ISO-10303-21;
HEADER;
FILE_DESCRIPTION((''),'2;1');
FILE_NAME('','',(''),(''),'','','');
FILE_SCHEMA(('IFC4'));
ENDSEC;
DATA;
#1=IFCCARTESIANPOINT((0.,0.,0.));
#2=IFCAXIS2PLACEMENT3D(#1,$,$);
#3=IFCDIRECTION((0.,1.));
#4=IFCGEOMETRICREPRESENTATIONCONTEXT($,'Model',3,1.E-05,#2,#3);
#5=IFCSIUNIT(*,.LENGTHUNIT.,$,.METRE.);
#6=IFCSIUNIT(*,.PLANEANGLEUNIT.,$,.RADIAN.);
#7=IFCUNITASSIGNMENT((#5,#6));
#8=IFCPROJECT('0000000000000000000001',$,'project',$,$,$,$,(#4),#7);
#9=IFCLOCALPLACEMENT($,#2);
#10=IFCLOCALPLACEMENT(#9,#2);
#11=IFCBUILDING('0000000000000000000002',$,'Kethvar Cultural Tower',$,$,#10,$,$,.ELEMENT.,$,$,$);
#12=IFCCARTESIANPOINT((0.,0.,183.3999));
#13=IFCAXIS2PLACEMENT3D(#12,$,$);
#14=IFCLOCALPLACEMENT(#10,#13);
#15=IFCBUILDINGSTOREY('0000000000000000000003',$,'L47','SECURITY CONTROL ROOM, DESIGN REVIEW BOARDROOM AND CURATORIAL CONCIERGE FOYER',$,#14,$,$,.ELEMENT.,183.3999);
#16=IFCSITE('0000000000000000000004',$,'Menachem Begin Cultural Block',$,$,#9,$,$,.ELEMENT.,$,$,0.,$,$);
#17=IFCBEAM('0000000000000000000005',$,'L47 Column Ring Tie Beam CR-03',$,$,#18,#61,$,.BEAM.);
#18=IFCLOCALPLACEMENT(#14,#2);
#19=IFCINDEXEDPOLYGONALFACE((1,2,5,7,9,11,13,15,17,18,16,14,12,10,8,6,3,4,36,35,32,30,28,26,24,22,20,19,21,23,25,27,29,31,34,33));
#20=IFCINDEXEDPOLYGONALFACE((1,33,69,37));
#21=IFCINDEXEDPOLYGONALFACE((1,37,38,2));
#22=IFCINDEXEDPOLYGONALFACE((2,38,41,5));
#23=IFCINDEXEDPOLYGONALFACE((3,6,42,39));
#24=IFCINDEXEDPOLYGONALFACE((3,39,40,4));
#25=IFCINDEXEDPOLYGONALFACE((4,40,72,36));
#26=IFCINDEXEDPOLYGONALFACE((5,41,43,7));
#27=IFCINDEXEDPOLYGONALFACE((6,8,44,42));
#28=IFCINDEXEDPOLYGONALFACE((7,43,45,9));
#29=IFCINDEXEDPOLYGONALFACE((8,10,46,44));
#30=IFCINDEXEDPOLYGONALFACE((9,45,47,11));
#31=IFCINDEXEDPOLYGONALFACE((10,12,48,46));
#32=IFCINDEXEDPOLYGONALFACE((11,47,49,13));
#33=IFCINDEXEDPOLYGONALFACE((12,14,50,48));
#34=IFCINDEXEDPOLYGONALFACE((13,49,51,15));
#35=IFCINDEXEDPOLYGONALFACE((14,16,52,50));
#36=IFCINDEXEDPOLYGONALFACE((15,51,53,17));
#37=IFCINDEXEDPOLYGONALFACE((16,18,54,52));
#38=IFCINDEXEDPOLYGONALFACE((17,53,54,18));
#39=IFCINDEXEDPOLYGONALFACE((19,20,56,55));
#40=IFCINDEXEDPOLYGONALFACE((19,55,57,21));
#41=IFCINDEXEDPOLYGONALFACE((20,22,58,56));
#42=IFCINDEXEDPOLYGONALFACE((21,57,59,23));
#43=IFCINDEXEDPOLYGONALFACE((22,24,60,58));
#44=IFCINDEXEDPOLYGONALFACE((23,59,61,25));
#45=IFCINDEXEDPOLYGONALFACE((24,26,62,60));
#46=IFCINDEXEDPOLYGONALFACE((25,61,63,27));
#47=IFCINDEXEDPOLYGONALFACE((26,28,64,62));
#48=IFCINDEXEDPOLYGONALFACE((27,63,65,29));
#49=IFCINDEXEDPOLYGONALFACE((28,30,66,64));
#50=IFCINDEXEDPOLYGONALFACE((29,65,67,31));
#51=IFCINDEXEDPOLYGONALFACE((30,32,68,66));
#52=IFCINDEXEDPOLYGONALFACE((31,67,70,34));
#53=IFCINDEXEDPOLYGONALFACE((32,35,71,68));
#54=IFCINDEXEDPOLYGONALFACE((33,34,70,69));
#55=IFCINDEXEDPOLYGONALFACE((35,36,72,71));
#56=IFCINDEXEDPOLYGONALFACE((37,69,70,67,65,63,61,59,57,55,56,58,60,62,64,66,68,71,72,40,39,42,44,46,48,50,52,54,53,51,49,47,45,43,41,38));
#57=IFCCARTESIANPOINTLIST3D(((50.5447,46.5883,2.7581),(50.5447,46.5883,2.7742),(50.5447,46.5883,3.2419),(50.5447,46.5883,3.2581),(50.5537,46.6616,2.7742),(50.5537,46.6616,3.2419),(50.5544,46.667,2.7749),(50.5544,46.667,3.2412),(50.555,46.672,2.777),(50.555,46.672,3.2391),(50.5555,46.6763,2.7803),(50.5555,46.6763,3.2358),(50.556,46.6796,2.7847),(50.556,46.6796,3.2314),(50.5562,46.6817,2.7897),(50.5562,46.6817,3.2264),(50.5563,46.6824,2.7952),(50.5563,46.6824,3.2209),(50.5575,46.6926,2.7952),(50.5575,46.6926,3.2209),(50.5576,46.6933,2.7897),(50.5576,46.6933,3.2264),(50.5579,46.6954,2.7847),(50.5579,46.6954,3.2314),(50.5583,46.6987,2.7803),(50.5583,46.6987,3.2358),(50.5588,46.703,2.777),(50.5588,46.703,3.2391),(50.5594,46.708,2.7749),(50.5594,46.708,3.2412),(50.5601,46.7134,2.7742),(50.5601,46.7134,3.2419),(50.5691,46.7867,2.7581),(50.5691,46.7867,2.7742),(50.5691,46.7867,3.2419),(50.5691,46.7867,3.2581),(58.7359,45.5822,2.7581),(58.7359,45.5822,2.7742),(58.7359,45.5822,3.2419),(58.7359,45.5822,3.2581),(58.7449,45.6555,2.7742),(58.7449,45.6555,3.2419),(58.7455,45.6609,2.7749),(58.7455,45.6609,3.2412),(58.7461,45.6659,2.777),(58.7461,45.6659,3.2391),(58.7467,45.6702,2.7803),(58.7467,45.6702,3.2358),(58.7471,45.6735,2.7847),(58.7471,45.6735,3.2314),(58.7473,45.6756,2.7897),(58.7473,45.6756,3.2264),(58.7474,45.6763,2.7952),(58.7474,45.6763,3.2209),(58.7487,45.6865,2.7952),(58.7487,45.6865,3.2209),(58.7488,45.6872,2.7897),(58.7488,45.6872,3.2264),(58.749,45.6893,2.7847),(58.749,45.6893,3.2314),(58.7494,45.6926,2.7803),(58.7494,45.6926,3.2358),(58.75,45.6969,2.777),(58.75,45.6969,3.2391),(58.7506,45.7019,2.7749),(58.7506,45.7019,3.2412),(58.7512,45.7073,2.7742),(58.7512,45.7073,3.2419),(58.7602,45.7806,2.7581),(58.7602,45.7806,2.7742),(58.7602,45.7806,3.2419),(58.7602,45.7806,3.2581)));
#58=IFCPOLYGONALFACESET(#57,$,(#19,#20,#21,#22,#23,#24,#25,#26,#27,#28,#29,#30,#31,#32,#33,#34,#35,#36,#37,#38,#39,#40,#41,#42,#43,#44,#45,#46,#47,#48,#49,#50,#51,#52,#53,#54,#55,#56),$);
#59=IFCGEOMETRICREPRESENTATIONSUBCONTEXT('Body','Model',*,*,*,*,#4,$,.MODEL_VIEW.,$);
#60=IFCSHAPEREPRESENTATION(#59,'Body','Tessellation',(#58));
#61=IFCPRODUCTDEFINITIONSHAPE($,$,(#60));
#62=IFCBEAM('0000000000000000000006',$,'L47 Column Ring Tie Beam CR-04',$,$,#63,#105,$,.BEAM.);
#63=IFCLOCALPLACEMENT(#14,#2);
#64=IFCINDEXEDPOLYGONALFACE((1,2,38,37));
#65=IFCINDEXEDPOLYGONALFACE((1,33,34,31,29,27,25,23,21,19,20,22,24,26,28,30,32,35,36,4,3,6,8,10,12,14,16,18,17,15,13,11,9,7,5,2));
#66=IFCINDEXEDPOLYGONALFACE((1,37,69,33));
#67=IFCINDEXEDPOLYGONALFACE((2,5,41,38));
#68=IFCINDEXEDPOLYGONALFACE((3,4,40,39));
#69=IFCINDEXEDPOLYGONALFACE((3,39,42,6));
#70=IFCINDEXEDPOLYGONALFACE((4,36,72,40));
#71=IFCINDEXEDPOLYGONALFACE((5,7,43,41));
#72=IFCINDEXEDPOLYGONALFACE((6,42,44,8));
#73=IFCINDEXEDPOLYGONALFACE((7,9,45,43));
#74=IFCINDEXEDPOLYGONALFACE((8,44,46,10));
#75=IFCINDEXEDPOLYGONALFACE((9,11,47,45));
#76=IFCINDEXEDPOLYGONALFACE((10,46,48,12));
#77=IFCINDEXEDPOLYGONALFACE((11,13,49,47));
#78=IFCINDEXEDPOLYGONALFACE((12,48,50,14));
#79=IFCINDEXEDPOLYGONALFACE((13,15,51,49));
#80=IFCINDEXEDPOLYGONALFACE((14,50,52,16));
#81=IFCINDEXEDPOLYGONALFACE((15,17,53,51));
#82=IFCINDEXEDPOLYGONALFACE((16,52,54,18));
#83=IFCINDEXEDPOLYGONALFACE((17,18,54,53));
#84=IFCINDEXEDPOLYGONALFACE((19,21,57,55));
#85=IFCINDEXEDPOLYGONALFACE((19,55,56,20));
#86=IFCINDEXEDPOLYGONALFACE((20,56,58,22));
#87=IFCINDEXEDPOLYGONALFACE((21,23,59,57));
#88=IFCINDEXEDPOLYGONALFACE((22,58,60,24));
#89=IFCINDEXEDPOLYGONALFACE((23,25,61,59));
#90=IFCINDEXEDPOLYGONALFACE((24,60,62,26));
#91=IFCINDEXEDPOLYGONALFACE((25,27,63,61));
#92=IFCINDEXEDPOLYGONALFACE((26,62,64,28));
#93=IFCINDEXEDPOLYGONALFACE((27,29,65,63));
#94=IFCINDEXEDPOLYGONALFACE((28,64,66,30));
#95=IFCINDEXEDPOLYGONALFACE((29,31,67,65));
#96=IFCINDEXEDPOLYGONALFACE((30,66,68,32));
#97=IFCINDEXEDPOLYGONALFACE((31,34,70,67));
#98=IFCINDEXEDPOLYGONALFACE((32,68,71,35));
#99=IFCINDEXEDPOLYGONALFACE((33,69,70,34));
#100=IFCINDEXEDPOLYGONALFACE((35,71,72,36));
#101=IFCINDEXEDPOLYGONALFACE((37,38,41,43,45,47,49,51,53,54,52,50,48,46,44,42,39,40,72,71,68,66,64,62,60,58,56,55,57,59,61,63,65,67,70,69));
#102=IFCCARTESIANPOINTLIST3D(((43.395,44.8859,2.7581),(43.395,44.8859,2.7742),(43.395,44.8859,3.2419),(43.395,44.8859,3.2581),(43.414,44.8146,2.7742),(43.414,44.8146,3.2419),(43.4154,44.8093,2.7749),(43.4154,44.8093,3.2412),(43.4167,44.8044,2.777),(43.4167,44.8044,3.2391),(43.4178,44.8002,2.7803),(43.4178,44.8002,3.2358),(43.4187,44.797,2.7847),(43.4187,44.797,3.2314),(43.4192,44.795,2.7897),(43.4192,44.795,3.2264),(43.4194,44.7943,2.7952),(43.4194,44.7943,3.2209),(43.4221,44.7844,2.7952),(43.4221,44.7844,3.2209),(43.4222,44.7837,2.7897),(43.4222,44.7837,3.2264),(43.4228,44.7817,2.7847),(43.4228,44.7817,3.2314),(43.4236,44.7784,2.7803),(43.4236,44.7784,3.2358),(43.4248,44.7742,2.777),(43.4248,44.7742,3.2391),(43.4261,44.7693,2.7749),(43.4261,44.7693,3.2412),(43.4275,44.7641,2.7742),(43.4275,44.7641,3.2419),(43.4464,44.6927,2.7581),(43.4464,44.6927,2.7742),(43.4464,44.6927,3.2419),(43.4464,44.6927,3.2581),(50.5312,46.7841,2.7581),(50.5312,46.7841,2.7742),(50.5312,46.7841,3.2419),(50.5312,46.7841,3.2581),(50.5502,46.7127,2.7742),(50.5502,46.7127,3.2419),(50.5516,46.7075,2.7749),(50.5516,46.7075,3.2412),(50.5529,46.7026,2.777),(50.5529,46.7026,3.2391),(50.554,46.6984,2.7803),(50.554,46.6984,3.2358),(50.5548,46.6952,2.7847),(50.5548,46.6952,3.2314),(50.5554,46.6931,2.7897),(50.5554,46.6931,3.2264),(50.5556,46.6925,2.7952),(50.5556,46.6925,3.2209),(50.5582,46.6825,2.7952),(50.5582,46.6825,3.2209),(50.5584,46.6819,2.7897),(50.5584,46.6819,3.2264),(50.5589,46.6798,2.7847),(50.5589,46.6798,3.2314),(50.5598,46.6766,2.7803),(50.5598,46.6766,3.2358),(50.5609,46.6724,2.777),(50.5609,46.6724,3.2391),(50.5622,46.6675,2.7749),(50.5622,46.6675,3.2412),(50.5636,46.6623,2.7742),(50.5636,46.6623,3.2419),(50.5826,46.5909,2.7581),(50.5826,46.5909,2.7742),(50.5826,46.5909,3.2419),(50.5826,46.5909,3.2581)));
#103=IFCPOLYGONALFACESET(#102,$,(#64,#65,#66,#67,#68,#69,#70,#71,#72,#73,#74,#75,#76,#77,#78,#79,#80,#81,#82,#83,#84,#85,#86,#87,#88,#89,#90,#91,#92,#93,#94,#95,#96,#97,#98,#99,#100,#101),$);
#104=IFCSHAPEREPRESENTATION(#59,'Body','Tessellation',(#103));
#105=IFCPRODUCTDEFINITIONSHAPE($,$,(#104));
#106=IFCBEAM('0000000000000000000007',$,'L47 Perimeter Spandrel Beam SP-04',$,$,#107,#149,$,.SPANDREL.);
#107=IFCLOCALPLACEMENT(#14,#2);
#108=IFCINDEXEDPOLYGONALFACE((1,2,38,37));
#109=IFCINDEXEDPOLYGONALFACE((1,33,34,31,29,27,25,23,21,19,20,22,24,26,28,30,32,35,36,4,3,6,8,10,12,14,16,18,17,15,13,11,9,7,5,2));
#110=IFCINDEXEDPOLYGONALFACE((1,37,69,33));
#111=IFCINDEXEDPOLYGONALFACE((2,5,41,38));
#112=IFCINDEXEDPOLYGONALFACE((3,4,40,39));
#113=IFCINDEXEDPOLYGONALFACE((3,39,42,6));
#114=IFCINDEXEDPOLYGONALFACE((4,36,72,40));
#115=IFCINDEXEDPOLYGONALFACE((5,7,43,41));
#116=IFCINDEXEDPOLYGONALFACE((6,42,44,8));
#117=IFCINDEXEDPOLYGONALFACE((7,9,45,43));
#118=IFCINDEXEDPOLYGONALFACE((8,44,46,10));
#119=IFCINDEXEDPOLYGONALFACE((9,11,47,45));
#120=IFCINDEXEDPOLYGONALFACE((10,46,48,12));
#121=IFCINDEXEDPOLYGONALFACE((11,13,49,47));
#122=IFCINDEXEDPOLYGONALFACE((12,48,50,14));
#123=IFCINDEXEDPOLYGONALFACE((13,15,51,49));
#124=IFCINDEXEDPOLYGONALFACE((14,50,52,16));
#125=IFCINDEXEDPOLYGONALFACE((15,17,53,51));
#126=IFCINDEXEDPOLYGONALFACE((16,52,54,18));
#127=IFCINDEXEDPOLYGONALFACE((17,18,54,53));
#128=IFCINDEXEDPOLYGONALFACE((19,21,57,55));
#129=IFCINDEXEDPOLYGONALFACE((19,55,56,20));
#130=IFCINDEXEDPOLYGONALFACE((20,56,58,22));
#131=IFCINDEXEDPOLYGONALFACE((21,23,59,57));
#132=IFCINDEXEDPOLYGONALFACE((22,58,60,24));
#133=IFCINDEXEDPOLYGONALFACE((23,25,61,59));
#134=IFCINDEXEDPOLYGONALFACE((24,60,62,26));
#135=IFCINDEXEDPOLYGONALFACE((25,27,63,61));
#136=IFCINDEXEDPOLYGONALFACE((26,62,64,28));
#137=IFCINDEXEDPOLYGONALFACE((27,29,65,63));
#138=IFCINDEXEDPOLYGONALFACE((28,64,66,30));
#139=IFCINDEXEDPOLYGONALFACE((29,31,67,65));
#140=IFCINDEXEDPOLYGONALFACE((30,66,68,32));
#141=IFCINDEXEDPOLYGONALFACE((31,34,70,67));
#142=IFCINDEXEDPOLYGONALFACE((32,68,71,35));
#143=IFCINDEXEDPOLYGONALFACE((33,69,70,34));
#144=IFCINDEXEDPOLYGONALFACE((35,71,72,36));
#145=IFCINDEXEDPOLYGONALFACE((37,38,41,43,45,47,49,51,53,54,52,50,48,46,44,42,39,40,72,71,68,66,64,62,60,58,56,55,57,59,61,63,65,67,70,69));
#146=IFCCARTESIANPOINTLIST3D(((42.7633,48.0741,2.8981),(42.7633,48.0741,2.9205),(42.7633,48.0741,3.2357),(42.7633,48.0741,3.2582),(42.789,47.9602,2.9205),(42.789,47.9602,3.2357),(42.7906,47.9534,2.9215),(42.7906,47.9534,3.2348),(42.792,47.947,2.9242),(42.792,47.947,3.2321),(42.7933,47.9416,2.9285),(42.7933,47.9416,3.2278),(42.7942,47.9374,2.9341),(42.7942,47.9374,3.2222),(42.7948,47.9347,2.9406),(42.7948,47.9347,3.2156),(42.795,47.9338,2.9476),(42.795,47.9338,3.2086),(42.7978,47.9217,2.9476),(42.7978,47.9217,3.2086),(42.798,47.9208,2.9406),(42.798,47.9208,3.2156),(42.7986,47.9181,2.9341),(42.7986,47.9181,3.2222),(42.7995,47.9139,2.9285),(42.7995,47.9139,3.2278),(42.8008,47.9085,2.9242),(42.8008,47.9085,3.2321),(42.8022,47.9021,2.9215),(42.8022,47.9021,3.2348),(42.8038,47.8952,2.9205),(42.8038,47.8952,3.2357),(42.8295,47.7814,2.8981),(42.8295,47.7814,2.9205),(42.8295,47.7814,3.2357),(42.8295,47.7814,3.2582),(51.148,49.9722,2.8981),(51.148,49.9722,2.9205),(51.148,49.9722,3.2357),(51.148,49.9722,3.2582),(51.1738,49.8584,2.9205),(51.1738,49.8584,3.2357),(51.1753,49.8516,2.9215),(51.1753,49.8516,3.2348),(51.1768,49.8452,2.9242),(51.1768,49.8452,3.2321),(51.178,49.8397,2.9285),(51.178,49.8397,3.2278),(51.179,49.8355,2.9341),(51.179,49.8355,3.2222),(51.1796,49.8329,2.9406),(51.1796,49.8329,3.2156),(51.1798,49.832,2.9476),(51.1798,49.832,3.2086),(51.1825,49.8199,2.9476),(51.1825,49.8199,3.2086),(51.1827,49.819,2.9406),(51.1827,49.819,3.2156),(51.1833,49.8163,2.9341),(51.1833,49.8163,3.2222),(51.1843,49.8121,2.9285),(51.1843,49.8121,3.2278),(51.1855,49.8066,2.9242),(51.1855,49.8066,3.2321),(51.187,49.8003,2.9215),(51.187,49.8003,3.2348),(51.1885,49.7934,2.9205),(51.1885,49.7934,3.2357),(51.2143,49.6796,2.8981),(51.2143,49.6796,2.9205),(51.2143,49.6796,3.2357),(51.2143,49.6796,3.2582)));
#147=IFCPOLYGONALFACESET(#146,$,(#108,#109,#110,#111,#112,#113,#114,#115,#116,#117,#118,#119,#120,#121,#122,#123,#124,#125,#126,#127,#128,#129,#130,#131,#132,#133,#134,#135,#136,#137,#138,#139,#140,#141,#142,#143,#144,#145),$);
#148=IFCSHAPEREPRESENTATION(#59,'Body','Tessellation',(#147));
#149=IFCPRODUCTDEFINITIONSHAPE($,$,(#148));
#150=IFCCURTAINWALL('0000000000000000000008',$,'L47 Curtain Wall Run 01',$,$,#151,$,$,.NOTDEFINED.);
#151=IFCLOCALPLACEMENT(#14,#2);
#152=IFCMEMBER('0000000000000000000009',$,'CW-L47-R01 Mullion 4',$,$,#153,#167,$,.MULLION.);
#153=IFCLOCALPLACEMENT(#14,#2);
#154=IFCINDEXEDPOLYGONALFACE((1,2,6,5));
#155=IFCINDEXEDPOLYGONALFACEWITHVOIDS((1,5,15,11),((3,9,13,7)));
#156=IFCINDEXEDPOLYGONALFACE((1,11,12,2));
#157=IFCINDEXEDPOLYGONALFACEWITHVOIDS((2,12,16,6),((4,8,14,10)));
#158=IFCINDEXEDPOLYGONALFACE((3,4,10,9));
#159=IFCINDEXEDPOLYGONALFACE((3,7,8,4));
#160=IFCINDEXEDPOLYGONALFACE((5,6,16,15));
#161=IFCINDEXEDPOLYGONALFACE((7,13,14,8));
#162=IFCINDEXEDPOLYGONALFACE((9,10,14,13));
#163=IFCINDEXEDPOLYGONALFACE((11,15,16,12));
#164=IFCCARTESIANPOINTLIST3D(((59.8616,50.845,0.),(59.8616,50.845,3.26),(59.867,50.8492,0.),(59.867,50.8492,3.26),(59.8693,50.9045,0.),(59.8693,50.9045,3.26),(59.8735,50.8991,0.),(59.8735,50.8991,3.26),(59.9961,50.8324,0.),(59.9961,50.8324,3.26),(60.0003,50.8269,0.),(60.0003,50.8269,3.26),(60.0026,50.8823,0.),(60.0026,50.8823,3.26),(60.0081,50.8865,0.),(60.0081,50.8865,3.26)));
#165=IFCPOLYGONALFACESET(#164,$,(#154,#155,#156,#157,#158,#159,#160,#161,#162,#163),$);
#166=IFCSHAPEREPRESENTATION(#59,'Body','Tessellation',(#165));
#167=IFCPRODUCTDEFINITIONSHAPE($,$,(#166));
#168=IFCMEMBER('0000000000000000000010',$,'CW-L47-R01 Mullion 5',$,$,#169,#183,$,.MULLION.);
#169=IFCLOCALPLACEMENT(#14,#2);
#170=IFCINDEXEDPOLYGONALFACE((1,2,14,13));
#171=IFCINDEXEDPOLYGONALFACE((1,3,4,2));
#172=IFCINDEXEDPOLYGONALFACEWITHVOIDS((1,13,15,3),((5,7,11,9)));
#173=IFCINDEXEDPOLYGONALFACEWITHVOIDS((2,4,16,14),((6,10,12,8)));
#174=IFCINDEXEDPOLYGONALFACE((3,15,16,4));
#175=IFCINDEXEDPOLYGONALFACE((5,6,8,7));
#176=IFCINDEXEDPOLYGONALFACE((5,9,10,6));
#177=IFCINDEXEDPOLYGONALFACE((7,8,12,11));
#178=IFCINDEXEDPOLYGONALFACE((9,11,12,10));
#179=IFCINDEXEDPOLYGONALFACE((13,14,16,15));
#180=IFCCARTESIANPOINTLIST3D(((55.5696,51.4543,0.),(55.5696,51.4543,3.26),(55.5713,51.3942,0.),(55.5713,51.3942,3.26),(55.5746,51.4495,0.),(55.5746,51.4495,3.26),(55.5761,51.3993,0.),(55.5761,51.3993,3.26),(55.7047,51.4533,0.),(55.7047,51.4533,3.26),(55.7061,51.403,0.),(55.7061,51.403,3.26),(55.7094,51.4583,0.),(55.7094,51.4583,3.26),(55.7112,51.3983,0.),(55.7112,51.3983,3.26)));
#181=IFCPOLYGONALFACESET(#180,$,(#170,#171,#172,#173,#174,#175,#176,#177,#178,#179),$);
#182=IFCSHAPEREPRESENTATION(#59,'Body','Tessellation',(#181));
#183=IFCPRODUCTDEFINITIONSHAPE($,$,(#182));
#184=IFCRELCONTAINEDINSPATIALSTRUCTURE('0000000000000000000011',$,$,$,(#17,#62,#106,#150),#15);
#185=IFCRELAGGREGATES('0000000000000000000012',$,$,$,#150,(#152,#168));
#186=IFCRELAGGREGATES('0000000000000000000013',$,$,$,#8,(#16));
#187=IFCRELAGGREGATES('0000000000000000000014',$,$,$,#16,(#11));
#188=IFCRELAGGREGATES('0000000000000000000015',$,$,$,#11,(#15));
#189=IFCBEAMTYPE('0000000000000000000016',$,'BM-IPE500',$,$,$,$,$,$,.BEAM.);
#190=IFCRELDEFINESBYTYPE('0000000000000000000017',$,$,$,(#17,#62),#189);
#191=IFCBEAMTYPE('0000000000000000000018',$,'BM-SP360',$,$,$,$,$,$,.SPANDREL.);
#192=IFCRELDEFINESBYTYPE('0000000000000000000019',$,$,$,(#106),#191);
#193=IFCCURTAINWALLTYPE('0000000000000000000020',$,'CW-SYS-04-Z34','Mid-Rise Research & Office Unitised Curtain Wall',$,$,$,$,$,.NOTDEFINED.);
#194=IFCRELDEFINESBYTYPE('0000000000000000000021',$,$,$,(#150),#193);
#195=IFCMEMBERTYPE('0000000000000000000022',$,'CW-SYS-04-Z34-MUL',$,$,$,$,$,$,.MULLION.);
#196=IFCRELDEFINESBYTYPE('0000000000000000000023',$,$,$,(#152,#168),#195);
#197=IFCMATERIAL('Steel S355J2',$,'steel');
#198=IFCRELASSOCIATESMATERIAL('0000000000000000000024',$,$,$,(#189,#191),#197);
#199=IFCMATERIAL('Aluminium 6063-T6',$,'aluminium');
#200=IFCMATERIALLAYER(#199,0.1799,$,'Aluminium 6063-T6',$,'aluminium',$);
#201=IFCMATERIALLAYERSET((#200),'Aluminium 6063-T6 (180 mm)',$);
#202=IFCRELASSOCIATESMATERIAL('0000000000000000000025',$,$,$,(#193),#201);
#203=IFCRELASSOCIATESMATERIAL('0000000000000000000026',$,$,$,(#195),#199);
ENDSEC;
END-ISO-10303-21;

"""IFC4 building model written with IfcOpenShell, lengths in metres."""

from ifc_helpers import new_model, si_unit, direction, frame, origin, origin_2d, place, context, subcontext, project, spatial, hollow_rectangle, i_section, extrude, source, transform, mapped, material, layer, layer_set, material_profile, profile_set, type_object, element, aggregate, save


model = new_model("IFC4")

# Units and contexts
model_context = context("Model", 3, precision=1e-05, world=origin(), true_north=direction((0.0, 1.0)))
body_context = subcontext(model_context, "Body", "Model", "MODEL_VIEW")
ifc_project = project(units=[si_unit("LENGTHUNIT", "METRE"), si_unit("PLANEANGLEUNIT", "RADIAN")], contexts=[model_context])

# Site, building, storey
site_placement = place(None, origin())
site = spatial("IfcSite", under=ifc_project, at=site_placement, Name="Menachem Begin Cultural Block", CompositionType="ELEMENT", RefElevation=0.0)
building_placement = place(site_placement, origin())
building = spatial("IfcBuilding", under=site, at=building_placement, Name="Kethvar Cultural Tower", CompositionType="ELEMENT")
storey_placement = place(building_placement, frame((0.0, 0.0, 183.3999)))
storey = spatial("IfcBuildingStorey", under=building, at=storey_placement, Name="L47", Description="SECURITY CONTROL ROOM, DESIGN REVIEW BOARDROOM AND CURATORIAL CONCIERGE FOYER", CompositionType="ELEMENT", Elevation=183.3999)

# Beams
ifc_material_1 = material(Name="Steel S355J2", Category="steel")
ifc_material_profile_1 = material_profile(ifc_material_1, i_section(OverallWidth=0.2, OverallDepth=0.5, WebThickness=0.0103, FlangeThickness=0.0161, FilletRadius=0.021, at=origin_2d()), Name="Steel S355J2 — IPE500")
ifc_profile_set_1 = profile_set([ifc_material_profile_1], Name="Steel S355J2 — IPE500")
beam_type_1 = type_object("IfcBeamType", Name="BM-IPE500", PredefinedType="BEAM", material=ifc_profile_set_1)
shared_shape_1 = source(origin(), body_context, "Body", "SweptSolid", [
    extrude(i_section(OverallWidth=0.2, OverallDepth=0.5, WebThickness=0.0103, FlangeThickness=0.0161, FilletRadius=0.021, at=origin_2d()), origin(), (0.0, 0.0, 1.0), 8.2527),
])
beam_1_placement = place(storey_placement, frame((58.748, 45.6814, 3.0081), z_axis=(-0.992541, 0.121912, 0.0), x_axis=(-0.121912, -0.992541, 0.0)))
element("IfcBeam", 1, at=beam_1_placement, inside=storey, type_object=beam_type_1, Name="L47 Column Ring Tie Beam CR-03", PredefinedType="BEAM", context=body_context, shape_type="MappedRepresentation", body=[
    mapped(shared_shape_1, transform((0.0, 0.0, 0.0), scale=1.0)),
])
shared_shape_2 = source(origin(), body_context, "Body", "SweptSolid", [
    extrude(i_section(OverallWidth=0.2, OverallDepth=0.5, WebThickness=0.0103, FlangeThickness=0.0161, FilletRadius=0.021, at=origin_2d()), origin(), (0.0, 0.0, 1.0), 7.3843),
])
beam_2_placement = place(storey_placement, frame((50.5569, 46.6875, 3.0081), z_axis=(-0.966397, -0.257056, 0.0), x_axis=(0.257056, -0.966397, 0.0)))
element("IfcBeam", 2, at=beam_2_placement, inside=storey, type_object=beam_type_1, Name="L47 Column Ring Tie Beam CR-04", PredefinedType="BEAM", context=body_context, shape_type="MappedRepresentation", body=[
    mapped(shared_shape_2, transform((0.0, 0.0, 0.0), scale=1.0)),
])
ifc_material_profile_2 = material_profile(ifc_material_1, i_section(OverallWidth=0.3, OverallDepth=0.3601, WebThickness=0.0125, FlangeThickness=0.0225, FilletRadius=0.0271, at=origin_2d()), Name="Steel S355J2 — HEB360")
ifc_profile_set_2 = profile_set([ifc_material_profile_2], Name="Steel S355J2 — HEB360")
beam_type_2 = type_object("IfcBeamType", Name="BM-SP360", PredefinedType="SPANDREL", material=ifc_profile_set_2)
shared_shape_3 = source(origin(), body_context, "Body", "SweptSolid", [
    extrude(i_section(OverallWidth=0.3, OverallDepth=0.3601, WebThickness=0.0125, FlangeThickness=0.0225, FilletRadius=0.0271, at=origin_2d()), origin(), (0.0, 0.0, 1.0), 8.5969),
])
beam_3_placement = place(storey_placement, frame((51.1812, 49.8259, 3.0781), z_axis=(-0.975319, -0.220799, 0.0), x_axis=(0.220799, -0.975319, 0.0)))
element("IfcBeam", 3, at=beam_3_placement, inside=storey, type_object=beam_type_2, Name="L47 Perimeter Spandrel Beam SP-04", PredefinedType="SPANDREL", context=body_context, shape_type="MappedRepresentation", body=[
    mapped(shared_shape_3, transform((0.0, 0.0, 0.0), scale=1.0)),
])

# Curtain wall, members
ifc_material_2 = material(Name="Aluminium 6063-T6", Category="aluminium")
ifc_layer_1 = layer(ifc_material_2, 0.1799, Name="Aluminium 6063-T6", Category="aluminium")
ifc_layer_set_1 = layer_set([ifc_layer_1], Name="Aluminium 6063-T6 (180 mm)")
curtain_wall_type = type_object("IfcCurtainWallType", Name="CW-SYS-04-Z34", Description="Mid-Rise Research & Office Unitised Curtain Wall", PredefinedType="NOTDEFINED", material=ifc_layer_set_1)
curtain_wall_1_placement = place(storey_placement, origin())
curtain_wall_1 = element("IfcCurtainWall", 4, at=curtain_wall_1_placement, inside=storey, type_object=curtain_wall_type, Name="L47 Curtain Wall Run 01", PredefinedType="NOTDEFINED")
ifc_material_profile_3 = material_profile(ifc_material_2, hollow_rectangle(XDim=0.0601, YDim=0.1399, WallThickness=0.0049, at=origin_2d()), Name="Aluminium 6063-T6 — RHS140x60x5")
ifc_profile_set_3 = profile_set([ifc_material_profile_3], Name="Aluminium 6063-T6 — RHS140x60x5")
member_type_1 = type_object("IfcMemberType", Name="CW-SYS-04-Z34-MUL", PredefinedType="MULLION", material=ifc_profile_set_3)
shared_shape_4 = source(origin(), body_context, "Body", "SweptSolid", [
    extrude(hollow_rectangle(XDim=0.0601, YDim=0.1399, WallThickness=0.0049, at=origin_2d()), origin(), (0.0, 0.0, 1.0), 3.26),
])
member_1_placement = place(storey_placement, frame((59.9348, 50.8657, 0.0), z_axis=(0.0, 0.0, 1.0), x_axis=(-0.129107, -0.991631, 0.0)))
member_1 = element("IfcMember", 5, at=member_1_placement, type_object=member_type_1, Name="CW-L47-R01 Mullion 4", PredefinedType="MULLION", context=body_context, shape_type="MappedRepresentation", body=[
    mapped(shared_shape_4, transform((0.0, 0.0, 0.0), scale=1.0)),
])
member_2_placement = place(storey_placement, frame((55.6404, 51.4263, 0.0), z_axis=(0.0, 0.0, 1.0), x_axis=(0.028654, -0.999589, 0.0)))
member_2 = element("IfcMember", 6, at=member_2_placement, type_object=member_type_1, Name="CW-L47-R01 Mullion 5", PredefinedType="MULLION", context=body_context, shape_type="MappedRepresentation", body=[
    mapped(shared_shape_4, transform((0.0, 0.0, 0.0), scale=1.0)),
])

aggregate(curtain_wall_1, [member_1, member_2])

save(model, "model.ifc")
